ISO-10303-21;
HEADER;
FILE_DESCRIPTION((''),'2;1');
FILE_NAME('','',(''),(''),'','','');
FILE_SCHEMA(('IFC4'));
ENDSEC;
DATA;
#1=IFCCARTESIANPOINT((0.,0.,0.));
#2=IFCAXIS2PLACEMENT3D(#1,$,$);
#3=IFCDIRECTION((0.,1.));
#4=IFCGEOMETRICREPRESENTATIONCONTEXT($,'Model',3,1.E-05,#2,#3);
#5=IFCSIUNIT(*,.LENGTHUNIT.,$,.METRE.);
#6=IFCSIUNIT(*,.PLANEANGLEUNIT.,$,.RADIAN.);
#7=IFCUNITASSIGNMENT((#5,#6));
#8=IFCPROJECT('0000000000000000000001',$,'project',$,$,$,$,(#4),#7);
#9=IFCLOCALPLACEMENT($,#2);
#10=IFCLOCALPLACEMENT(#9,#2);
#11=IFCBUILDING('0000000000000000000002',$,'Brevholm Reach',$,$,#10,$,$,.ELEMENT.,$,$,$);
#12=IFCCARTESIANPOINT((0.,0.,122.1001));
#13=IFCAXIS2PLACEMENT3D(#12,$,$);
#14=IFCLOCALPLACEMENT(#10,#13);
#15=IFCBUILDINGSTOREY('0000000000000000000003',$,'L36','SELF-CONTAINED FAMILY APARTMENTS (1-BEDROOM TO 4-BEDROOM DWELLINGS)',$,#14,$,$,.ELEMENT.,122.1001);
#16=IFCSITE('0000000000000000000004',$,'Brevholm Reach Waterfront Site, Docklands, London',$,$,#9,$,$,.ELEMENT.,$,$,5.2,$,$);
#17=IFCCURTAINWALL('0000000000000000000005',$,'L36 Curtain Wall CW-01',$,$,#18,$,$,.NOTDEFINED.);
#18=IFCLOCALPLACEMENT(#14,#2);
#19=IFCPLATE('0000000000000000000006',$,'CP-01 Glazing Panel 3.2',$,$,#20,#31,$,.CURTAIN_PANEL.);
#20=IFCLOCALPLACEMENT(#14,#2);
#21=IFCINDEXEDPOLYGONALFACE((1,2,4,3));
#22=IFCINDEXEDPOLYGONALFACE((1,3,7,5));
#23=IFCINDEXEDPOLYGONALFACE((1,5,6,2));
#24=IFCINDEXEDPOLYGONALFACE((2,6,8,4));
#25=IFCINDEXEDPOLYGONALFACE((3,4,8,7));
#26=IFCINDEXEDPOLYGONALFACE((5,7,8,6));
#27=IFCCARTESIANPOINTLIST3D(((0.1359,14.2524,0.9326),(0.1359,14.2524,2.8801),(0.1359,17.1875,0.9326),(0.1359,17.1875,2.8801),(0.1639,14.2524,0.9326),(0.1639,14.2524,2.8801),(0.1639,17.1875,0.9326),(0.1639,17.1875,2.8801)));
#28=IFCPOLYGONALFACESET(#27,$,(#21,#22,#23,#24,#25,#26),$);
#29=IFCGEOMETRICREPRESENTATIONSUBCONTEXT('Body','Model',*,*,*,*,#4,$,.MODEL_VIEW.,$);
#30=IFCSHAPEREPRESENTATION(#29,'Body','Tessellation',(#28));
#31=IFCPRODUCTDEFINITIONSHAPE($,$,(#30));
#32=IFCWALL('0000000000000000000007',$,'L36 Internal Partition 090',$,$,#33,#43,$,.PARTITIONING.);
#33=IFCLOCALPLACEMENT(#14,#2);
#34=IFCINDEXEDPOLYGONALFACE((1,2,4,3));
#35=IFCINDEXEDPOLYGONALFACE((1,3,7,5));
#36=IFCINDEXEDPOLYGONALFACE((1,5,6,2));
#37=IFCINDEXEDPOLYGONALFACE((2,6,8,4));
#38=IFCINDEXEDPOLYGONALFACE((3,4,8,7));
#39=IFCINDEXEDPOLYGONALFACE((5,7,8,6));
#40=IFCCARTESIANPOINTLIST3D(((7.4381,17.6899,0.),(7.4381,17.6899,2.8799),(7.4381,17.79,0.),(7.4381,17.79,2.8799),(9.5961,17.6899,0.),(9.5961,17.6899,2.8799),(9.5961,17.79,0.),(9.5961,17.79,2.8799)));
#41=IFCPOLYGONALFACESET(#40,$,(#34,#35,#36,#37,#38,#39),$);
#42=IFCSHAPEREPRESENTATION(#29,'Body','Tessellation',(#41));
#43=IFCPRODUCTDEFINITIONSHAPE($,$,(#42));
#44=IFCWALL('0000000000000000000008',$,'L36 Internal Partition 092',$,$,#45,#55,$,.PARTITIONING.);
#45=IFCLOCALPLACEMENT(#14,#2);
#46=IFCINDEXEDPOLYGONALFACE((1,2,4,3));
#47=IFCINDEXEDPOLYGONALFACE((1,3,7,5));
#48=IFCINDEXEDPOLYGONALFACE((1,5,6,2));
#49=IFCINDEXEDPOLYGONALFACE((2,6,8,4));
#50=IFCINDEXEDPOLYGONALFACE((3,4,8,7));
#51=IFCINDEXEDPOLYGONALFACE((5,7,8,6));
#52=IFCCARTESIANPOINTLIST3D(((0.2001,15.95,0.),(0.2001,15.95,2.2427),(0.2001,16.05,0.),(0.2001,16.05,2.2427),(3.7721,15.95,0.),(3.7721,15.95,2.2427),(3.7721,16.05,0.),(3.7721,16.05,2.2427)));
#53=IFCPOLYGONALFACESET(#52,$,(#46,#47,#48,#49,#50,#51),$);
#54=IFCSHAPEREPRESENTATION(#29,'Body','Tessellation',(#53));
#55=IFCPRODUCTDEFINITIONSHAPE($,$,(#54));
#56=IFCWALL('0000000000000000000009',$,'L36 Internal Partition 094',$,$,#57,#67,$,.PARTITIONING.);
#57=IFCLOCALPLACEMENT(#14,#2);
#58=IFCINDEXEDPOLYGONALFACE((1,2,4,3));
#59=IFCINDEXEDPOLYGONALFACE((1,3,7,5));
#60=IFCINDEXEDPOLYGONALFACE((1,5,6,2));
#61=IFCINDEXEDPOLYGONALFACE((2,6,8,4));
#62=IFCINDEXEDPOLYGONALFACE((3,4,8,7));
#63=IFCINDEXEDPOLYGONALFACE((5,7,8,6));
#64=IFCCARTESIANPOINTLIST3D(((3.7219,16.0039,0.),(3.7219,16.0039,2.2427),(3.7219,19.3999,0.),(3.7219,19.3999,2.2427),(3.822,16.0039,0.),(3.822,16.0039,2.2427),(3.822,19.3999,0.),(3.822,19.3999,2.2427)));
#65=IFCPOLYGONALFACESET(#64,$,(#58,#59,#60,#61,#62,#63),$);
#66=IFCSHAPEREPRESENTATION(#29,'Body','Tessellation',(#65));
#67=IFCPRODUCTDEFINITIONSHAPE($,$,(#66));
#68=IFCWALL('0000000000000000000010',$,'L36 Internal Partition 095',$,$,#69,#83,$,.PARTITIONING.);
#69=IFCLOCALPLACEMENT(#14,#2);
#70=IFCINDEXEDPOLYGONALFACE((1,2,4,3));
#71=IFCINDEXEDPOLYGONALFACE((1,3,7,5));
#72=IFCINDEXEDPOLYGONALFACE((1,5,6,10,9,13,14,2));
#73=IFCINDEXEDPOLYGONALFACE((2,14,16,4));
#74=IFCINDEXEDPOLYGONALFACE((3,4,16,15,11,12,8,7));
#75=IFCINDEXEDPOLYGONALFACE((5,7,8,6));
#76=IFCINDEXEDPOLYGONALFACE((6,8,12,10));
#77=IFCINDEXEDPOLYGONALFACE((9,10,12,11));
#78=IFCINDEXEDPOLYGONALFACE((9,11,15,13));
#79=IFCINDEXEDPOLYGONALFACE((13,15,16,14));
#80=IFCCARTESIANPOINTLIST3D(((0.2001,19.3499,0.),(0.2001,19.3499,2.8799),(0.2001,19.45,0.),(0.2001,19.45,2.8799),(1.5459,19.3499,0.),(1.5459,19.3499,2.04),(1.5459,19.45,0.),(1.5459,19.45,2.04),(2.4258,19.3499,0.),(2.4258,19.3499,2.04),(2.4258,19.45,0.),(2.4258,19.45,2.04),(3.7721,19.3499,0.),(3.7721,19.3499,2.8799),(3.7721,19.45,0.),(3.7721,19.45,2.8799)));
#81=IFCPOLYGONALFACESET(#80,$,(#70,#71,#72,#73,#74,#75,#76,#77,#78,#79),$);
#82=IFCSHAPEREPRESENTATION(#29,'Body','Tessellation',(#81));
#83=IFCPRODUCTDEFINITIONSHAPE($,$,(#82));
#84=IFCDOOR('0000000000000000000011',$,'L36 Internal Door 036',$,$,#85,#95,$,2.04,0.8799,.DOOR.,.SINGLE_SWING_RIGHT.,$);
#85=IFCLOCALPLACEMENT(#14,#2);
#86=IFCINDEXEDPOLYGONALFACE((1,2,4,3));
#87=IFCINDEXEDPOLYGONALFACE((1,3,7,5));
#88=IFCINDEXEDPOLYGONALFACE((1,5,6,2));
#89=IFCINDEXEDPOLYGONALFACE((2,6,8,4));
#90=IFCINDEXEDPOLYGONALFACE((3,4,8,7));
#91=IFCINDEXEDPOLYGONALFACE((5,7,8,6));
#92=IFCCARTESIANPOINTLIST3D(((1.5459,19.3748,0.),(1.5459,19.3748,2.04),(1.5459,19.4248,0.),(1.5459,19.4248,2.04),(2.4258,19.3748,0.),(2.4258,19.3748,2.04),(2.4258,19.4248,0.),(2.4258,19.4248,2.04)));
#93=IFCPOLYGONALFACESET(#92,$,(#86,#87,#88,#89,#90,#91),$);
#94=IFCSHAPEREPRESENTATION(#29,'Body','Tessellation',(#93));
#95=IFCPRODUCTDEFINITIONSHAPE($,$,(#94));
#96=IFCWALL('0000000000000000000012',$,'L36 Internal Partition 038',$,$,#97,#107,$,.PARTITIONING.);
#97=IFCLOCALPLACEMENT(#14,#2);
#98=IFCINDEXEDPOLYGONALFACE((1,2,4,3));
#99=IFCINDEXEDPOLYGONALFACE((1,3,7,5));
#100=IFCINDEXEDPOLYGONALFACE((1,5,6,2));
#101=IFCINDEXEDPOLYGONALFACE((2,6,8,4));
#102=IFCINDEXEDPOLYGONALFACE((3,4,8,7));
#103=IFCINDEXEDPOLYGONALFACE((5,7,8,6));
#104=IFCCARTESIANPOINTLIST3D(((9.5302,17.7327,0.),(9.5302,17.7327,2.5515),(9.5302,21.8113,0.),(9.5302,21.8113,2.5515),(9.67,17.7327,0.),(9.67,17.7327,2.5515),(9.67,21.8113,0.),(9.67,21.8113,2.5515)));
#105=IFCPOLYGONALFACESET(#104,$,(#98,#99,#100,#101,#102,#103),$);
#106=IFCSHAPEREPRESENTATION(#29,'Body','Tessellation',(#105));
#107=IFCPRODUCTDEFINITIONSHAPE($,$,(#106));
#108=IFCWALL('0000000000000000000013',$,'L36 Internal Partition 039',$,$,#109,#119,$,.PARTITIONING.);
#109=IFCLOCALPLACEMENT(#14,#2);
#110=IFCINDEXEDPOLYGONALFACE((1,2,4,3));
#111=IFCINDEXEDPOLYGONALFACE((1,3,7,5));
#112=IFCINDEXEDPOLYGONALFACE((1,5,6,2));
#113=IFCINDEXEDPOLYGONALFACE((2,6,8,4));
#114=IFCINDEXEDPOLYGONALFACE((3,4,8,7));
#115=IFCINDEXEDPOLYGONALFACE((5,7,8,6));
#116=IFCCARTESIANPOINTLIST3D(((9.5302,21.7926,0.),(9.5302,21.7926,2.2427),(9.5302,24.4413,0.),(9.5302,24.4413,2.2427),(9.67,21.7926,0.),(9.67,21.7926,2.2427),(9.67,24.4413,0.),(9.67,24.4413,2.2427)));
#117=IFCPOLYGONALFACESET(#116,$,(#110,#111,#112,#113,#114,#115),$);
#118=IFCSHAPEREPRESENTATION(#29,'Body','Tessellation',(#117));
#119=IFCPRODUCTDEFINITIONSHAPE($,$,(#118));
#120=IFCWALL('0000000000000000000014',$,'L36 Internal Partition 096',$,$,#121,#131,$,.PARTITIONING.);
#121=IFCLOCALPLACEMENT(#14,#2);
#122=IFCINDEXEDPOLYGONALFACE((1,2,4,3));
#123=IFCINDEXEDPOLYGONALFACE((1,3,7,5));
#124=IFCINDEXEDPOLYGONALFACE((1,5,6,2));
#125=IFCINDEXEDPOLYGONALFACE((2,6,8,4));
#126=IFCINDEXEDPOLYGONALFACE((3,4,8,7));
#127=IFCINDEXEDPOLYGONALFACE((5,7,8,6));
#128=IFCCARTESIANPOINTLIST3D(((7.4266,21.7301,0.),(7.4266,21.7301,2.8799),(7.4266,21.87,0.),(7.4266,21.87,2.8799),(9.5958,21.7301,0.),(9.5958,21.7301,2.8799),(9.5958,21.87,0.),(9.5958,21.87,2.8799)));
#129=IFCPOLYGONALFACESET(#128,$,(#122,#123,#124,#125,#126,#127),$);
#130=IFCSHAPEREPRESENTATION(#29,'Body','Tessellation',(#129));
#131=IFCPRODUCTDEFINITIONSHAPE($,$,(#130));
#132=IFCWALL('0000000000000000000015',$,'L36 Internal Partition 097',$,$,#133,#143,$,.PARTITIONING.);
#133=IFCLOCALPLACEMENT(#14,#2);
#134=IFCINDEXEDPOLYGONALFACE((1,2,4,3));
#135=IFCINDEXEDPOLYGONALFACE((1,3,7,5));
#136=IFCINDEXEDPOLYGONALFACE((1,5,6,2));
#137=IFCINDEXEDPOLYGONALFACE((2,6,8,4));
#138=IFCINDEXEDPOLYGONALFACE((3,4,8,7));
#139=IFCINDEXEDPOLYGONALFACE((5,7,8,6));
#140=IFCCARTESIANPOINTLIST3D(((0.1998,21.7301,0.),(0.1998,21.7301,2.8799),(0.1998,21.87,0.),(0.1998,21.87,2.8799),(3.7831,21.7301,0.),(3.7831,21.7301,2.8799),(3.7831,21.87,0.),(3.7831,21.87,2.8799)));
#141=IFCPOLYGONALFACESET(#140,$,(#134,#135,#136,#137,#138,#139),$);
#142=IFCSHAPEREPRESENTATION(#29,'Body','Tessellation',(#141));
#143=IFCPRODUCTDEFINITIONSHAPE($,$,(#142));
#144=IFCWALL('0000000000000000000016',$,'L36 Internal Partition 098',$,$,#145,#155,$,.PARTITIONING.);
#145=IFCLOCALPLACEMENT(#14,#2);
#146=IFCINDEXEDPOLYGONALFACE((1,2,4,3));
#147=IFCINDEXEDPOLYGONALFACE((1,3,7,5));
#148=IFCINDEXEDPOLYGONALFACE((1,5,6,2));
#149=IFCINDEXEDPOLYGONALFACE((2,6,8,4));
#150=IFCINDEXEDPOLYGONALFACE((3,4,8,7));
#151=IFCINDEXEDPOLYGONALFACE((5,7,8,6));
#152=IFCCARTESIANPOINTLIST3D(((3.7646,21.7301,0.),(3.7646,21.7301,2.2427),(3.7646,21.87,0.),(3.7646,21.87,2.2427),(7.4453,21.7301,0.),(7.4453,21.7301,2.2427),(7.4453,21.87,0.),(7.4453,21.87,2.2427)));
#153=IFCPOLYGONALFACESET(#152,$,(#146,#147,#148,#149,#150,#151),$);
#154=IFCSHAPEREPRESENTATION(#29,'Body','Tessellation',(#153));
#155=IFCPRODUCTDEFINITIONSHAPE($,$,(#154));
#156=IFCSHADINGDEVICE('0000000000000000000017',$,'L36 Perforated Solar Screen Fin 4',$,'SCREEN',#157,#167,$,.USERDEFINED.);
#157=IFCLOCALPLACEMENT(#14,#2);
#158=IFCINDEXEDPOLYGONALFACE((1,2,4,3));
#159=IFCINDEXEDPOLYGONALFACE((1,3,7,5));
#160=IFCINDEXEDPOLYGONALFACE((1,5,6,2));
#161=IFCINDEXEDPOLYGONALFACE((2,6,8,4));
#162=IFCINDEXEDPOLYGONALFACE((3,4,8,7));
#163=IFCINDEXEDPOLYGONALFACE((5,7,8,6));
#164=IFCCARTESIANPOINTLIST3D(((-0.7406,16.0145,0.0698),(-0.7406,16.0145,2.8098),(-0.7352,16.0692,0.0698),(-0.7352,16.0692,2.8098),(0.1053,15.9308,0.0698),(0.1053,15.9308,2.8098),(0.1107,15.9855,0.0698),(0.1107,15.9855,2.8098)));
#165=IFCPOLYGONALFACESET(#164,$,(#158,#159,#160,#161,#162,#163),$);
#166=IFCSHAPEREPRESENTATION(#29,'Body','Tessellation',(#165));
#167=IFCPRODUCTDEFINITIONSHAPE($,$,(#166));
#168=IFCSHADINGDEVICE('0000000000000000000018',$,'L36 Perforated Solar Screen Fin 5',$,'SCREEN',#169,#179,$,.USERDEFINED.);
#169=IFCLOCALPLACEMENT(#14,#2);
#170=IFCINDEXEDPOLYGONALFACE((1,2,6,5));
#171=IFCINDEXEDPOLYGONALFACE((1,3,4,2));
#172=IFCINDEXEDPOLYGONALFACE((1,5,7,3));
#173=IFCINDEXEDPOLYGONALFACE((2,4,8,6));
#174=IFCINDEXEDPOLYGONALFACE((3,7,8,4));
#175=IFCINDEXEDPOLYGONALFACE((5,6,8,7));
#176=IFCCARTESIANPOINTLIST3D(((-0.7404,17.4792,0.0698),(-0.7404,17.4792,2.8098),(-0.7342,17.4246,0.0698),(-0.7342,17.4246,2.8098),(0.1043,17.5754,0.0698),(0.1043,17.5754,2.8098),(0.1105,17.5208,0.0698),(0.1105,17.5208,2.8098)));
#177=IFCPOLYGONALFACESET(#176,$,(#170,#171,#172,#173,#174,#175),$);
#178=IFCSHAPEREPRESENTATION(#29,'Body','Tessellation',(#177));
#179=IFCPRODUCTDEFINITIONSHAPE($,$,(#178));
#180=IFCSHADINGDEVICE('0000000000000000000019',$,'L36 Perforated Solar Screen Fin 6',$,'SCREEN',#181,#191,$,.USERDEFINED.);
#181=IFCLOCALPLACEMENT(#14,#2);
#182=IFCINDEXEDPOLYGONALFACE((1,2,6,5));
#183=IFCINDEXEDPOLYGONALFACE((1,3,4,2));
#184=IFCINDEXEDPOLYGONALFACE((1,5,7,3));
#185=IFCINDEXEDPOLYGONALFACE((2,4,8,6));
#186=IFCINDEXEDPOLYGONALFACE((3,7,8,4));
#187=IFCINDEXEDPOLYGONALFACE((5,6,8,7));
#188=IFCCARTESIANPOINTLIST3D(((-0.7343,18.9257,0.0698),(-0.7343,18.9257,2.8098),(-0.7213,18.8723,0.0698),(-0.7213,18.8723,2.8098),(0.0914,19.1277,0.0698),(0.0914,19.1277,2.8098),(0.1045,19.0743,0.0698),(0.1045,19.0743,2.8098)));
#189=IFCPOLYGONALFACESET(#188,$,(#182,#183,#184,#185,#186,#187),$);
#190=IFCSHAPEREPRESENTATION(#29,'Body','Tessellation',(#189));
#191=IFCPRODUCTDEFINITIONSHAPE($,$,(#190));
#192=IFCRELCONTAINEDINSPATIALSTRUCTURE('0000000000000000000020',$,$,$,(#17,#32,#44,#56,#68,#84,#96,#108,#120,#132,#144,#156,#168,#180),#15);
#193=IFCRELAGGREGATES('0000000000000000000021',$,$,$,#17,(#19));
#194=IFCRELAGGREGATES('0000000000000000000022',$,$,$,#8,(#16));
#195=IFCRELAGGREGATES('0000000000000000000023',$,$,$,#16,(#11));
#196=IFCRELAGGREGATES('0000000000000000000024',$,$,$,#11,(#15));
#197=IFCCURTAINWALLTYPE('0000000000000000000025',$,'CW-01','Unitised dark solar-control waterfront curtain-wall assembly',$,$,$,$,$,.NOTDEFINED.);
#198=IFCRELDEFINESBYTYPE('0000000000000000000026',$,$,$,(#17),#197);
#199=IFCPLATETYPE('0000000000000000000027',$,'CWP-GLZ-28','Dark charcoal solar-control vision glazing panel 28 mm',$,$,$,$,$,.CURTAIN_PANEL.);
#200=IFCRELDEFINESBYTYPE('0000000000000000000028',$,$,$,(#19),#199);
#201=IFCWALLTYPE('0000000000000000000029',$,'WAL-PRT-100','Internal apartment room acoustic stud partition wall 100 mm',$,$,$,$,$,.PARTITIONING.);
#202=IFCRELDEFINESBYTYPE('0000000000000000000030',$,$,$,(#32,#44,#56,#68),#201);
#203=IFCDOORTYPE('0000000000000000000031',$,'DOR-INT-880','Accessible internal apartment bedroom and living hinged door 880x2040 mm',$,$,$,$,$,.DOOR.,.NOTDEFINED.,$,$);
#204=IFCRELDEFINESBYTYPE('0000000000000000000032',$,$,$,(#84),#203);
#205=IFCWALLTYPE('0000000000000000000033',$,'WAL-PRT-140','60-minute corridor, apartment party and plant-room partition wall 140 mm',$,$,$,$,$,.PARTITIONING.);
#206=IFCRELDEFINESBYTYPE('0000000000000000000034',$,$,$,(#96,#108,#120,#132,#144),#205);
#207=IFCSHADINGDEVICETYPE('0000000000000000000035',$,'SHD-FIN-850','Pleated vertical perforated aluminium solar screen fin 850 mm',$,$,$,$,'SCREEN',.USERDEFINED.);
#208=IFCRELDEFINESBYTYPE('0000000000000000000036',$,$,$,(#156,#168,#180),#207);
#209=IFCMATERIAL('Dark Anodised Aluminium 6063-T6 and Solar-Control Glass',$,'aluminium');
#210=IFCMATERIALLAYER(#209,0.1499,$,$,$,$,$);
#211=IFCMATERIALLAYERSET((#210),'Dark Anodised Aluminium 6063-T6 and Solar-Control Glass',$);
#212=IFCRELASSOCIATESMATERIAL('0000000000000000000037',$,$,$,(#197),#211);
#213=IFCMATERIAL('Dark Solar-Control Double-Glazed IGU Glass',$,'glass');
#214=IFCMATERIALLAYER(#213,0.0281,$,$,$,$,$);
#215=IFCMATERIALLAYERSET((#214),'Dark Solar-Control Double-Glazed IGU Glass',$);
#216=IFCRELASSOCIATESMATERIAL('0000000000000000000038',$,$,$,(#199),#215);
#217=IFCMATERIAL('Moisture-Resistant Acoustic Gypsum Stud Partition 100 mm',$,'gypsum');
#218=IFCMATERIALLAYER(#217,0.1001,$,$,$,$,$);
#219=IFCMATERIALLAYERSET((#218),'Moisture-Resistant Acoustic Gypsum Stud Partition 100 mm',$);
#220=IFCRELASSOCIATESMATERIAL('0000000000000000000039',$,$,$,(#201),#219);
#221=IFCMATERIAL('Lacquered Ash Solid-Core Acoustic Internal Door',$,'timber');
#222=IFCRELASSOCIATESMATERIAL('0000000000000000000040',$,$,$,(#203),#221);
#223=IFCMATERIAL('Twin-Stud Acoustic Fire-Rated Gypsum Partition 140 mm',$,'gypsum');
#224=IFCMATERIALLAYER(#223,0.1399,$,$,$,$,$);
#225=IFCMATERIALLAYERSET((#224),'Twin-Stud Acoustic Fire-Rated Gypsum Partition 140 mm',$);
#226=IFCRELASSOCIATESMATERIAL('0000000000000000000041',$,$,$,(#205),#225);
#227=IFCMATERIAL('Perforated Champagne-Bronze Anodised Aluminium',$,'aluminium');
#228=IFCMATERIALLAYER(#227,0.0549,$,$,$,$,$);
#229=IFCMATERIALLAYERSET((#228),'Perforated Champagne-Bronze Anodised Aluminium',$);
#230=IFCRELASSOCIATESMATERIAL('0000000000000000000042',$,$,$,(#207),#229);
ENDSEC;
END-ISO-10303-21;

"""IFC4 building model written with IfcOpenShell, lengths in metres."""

from ifc_helpers import new_model, si_unit, direction, frame, frame_2d, origin, origin_2d, place, context, subcontext, project, spatial, rectangle, extrude, material, layer, layer_set, type_object, element, fill, aggregate, save


model = new_model("IFC4")

# Units and contexts
model_context = context("Model", 3, precision=1e-05, world=origin(), true_north=direction((0.0, 1.0)))
body_context = subcontext(model_context, "Body", "Model", "MODEL_VIEW")
ifc_project = project(units=[si_unit("LENGTHUNIT", "METRE"), si_unit("PLANEANGLEUNIT", "RADIAN")], contexts=[model_context])

# Site, building, storey
site_placement = place(None, origin())
site = spatial("IfcSite", under=ifc_project, at=site_placement, Name="Brevholm Reach Waterfront Site, Docklands, London", CompositionType="ELEMENT", RefElevation=5.2)
building_placement = place(site_placement, origin())
building = spatial("IfcBuilding", under=site, at=building_placement, Name="Brevholm Reach", CompositionType="ELEMENT")
storey_placement = place(building_placement, frame((0.0, 0.0, 122.1001)))
storey = spatial("IfcBuildingStorey", under=building, at=storey_placement, Name="L36", Description="SELF-CONTAINED FAMILY APARTMENTS (1-BEDROOM TO 4-BEDROOM DWELLINGS)", CompositionType="ELEMENT", Elevation=122.1001)

# Curtain wall, plate
ifc_material_1 = material(Name="Dark Anodised Aluminium 6063-T6 and Solar-Control Glass", Category="aluminium")
ifc_layer_1 = layer(ifc_material_1, 0.1499)
ifc_layer_set_1 = layer_set([ifc_layer_1], Name="Dark Anodised Aluminium 6063-T6 and Solar-Control Glass")
curtain_wall_type = type_object("IfcCurtainWallType", Name="CW-01", Description="Unitised dark solar-control waterfront curtain-wall assembly", PredefinedType="NOTDEFINED", material=ifc_layer_set_1)
curtain_wall_placement = place(storey_placement, origin())
curtain_wall = element("IfcCurtainWall", 1, at=curtain_wall_placement, inside=storey, type_object=curtain_wall_type, Name="L36 Curtain Wall CW-01", PredefinedType="NOTDEFINED")
ifc_material_2 = material(Name="Dark Solar-Control Double-Glazed IGU Glass", Category="glass")
ifc_layer_2 = layer(ifc_material_2, 0.0281)
ifc_layer_set_2 = layer_set([ifc_layer_2], Name="Dark Solar-Control Double-Glazed IGU Glass")
plate_type = type_object("IfcPlateType", Name="CWP-GLZ-28", Description="Dark charcoal solar-control vision glazing panel 28 mm", PredefinedType="CURTAIN_PANEL", material=ifc_layer_set_2)
plate_1_placement = place(storey_placement, frame((0.1499, 15.72, 0.9326), z_axis=(0.0, 0.0, 1.0), x_axis=(0.0, -1.0, 0.0)))
plate_1 = element("IfcPlate", 2, at=plate_1_placement, type_object=plate_type, Name="CP-01 Glazing Panel 3.2", PredefinedType="CURTAIN_PANEL", context=body_context, shape_type="SweptSolid", body=[
    extrude(rectangle(XDim=2.9351, YDim=0.0281, at=origin_2d()), origin(), (0.0, 0.0, 1.0), 1.9475),
])
aggregate(curtain_wall, [plate_1])

# Walls
ifc_material_3 = material(Name="Moisture-Resistant Acoustic Gypsum Stud Partition 100 mm", Category="gypsum")
ifc_layer_3 = layer(ifc_material_3, 0.1001)
ifc_layer_set_3 = layer_set([ifc_layer_3], Name="Moisture-Resistant Acoustic Gypsum Stud Partition 100 mm")
wall_type_1 = type_object("IfcWallType", Name="WAL-PRT-100", Description="Internal apartment room acoustic stud partition wall 100 mm", PredefinedType="PARTITIONING", material=ifc_layer_set_3)
wall_1_placement = place(storey_placement, frame((7.438, 17.74, 0.0), z_axis=(0.0, 0.0, 1.0), x_axis=(1.0, 0.0, 0.0)))
element("IfcWall", 3, at=wall_1_placement, inside=storey, type_object=wall_type_1, Name="L36 Internal Partition 090", PredefinedType="PARTITIONING", context=body_context, shape_type="SweptSolid", body=[
    extrude(rectangle(XDim=2.158, YDim=0.1001, at=frame_2d((1.0791, 0.0))), origin(), (0.0, 0.0, 1.0), 2.8799),
])
wall_2_placement = place(storey_placement, frame((0.2, 16.0, 0.0), z_axis=(0.0, 0.0, 1.0), x_axis=(1.0, 0.0, 0.0)))
element("IfcWall", 4, at=wall_2_placement, inside=storey, type_object=wall_type_1, Name="L36 Internal Partition 092", PredefinedType="PARTITIONING", context=body_context, shape_type="SweptSolid", body=[
    extrude(rectangle(XDim=3.572, YDim=0.1001, at=frame_2d((1.7861, 0.0))), origin(), (0.0, 0.0, 1.0), 2.2427),
])
wall_3_placement = place(storey_placement, frame((3.772, 16.0039, 0.0), z_axis=(0.0, 0.0, 1.0), x_axis=(0.0, 1.0, 0.0)))
element("IfcWall", 5, at=wall_3_placement, inside=storey, type_object=wall_type_1, Name="L36 Internal Partition 094", PredefinedType="PARTITIONING", context=body_context, shape_type="SweptSolid", body=[
    extrude(rectangle(XDim=3.396, YDim=0.1001, at=frame_2d((1.698, 0.0))), origin(), (0.0, 0.0, 1.0), 2.2427),
])

# Wall, opening, door
wall_4_placement = place(storey_placement, frame((0.2, 19.3999, 0.0), z_axis=(0.0, 0.0, 1.0), x_axis=(1.0, 0.0, 0.0)))
wall_4 = element("IfcWall", 6, at=wall_4_placement, inside=storey, type_object=wall_type_1, Name="L36 Internal Partition 095", PredefinedType="PARTITIONING", context=body_context, shape_type="SweptSolid", body=[
    extrude(rectangle(XDim=3.572, YDim=0.1001, at=frame_2d((1.7861, 0.0))), origin(), (0.0, 0.0, 1.0), 2.8799),
])
opening_placement = place(wall_4_placement, frame((1.3459, 0.0, 0.0)))
opening = element("IfcOpeningElement", 7, at=opening_placement, cuts=wall_4, PredefinedType="OPENING", context=body_context, shape_type="SweptSolid", body=[
    extrude(rectangle(XDim=0.8799, YDim=2.04, at=frame_2d((0.4399, 1.02))), frame((0.0, 0.0601, 0.0), z_axis=(0.0, -1.0, 0.0), x_axis=(1.0, 0.0, 0.0)), (0.0, 0.0, 1.0), 0.1201),
])
ifc_material_4 = material(Name="Lacquered Ash Solid-Core Acoustic Internal Door", Category="timber")
door_type = type_object("IfcDoorType", Name="DOR-INT-880", Description="Accessible internal apartment bedroom and living hinged door 880x2040 mm", OperationType="NOTDEFINED", PredefinedType="DOOR", material=ifc_material_4)
door_placement = place(opening_placement, origin())
door = element("IfcDoor", 8, at=door_placement, inside=storey, type_object=door_type, Name="L36 Internal Door 036", OperationType="SINGLE_SWING_RIGHT", OverallHeight=2.04, OverallWidth=0.8799, PredefinedType="DOOR", context=body_context, shape_type="SweptSolid", body=[
    extrude(rectangle(XDim=0.8799, YDim=2.04, at=frame_2d((0.4399, 1.02))), frame((0.0, 0.0249, 0.0), z_axis=(0.0, -1.0, 0.0), x_axis=(1.0, 0.0, 0.0)), (0.0, 0.0, 1.0), 0.05),
])
fill(opening, door)

# Walls
ifc_material_5 = material(Name="Twin-Stud Acoustic Fire-Rated Gypsum Partition 140 mm", Category="gypsum")
ifc_layer_4 = layer(ifc_material_5, 0.1399)
ifc_layer_set_4 = layer_set([ifc_layer_4], Name="Twin-Stud Acoustic Fire-Rated Gypsum Partition 140 mm")
wall_type_2 = type_object("IfcWallType", Name="WAL-PRT-140", Description="60-minute corridor, apartment party and plant-room partition wall 140 mm", PredefinedType="PARTITIONING", material=ifc_layer_set_4)
wall_5_placement = place(storey_placement, frame((9.6001, 17.7327, 0.0), z_axis=(0.0, 0.0, 1.0), x_axis=(0.0, 1.0, 0.0)))
element("IfcWall", 9, at=wall_5_placement, inside=storey, type_object=wall_type_2, Name="L36 Internal Partition 038", PredefinedType="PARTITIONING", context=body_context, shape_type="SweptSolid", body=[
    extrude(rectangle(XDim=4.0786, YDim=0.1399, at=frame_2d((2.0393, 0.0))), origin(), (0.0, 0.0, 1.0), 2.5515),
])
wall_6_placement = place(storey_placement, frame((9.6001, 21.7927, 0.0), z_axis=(0.0, 0.0, 1.0), x_axis=(0.0, 1.0, 0.0)))
element("IfcWall", 10, at=wall_6_placement, inside=storey, type_object=wall_type_2, Name="L36 Internal Partition 039", PredefinedType="PARTITIONING", context=body_context, shape_type="SweptSolid", body=[
    extrude(rectangle(XDim=2.6487, YDim=0.1399, at=frame_2d((1.3242, 0.0))), origin(), (0.0, 0.0, 1.0), 2.2427),
])
wall_7_placement = place(storey_placement, frame((7.4268, 21.8, 0.0), z_axis=(0.0, 0.0, 1.0), x_axis=(1.0, 0.0, 0.0)))
element("IfcWall", 11, at=wall_7_placement, inside=storey, type_object=wall_type_2, Name="L36 Internal Partition 096", PredefinedType="PARTITIONING", context=body_context, shape_type="SweptSolid", body=[
    extrude(rectangle(XDim=2.1692, YDim=0.1399, at=frame_2d((1.0845, 0.0))), origin(), (0.0, 0.0, 1.0), 2.8799),
])
wall_8_placement = place(storey_placement, frame((0.2, 21.8, 0.0), z_axis=(0.0, 0.0, 1.0), x_axis=(1.0, 0.0, 0.0)))
element("IfcWall", 12, at=wall_8_placement, inside=storey, type_object=wall_type_2, Name="L36 Internal Partition 097", PredefinedType="PARTITIONING", context=body_context, shape_type="SweptSolid", body=[
    extrude(rectangle(XDim=3.5833, YDim=0.1399, at=frame_2d((1.7915, 0.0))), origin(), (0.0, 0.0, 1.0), 2.8799),
])
wall_9_placement = place(storey_placement, frame((3.7646, 21.8, 0.0), z_axis=(0.0, 0.0, 1.0), x_axis=(1.0, 0.0, 0.0)))
element("IfcWall", 13, at=wall_9_placement, inside=storey, type_object=wall_type_2, Name="L36 Internal Partition 098", PredefinedType="PARTITIONING", context=body_context, shape_type="SweptSolid", body=[
    extrude(rectangle(XDim=3.6807, YDim=0.1399, at=frame_2d((1.8403, 0.0))), origin(), (0.0, 0.0, 1.0), 2.2427),
])

# Shading devices
ifc_material_6 = material(Name="Perforated Champagne-Bronze Anodised Aluminium", Category="aluminium")
ifc_layer_5 = layer(ifc_material_6, 0.0549)
ifc_layer_set_5 = layer_set([ifc_layer_5], Name="Perforated Champagne-Bronze Anodised Aluminium")
shading_device_type = type_object("IfcShadingDeviceType", Name="SHD-FIN-850", Description="Pleated vertical perforated aluminium solar screen fin 850 mm", ElementType="SCREEN", PredefinedType="USERDEFINED", material=ifc_layer_set_5)
for number, where, z_axis, x_axis, name in (
    (14, (-0.3149, 16.0, 0.0698), (0.0, 0.0, 1.0), (-0.995147, 0.098399, 0.0), "L36 Perforated Solar Screen Fin 4"),
    (15, (-0.3149, 17.5, 0.0698), (0.0, 0.0, 1.0), (-0.993582, -0.113117, 0.0), "L36 Perforated Solar Screen Fin 5"),
    (16, (-0.3149, 19.0, 0.0698), (0.0, 0.0, 1.0), (-0.971359, -0.237618, 0.0), "L36 Perforated Solar Screen Fin 6"),
):
    element("IfcShadingDevice", number, at=place(storey_placement, frame(where, z_axis=z_axis, x_axis=x_axis)), inside=storey, type_object=shading_device_type, Name=name, ObjectType="SCREEN", PredefinedType="USERDEFINED", context=body_context, shape_type="SweptSolid", body=[
        extrude(rectangle(XDim=0.8501, YDim=0.0549, at=origin_2d()), origin(), (0.0, 0.0, 1.0), 2.74),
    ])

save(model, "model.ifc")
